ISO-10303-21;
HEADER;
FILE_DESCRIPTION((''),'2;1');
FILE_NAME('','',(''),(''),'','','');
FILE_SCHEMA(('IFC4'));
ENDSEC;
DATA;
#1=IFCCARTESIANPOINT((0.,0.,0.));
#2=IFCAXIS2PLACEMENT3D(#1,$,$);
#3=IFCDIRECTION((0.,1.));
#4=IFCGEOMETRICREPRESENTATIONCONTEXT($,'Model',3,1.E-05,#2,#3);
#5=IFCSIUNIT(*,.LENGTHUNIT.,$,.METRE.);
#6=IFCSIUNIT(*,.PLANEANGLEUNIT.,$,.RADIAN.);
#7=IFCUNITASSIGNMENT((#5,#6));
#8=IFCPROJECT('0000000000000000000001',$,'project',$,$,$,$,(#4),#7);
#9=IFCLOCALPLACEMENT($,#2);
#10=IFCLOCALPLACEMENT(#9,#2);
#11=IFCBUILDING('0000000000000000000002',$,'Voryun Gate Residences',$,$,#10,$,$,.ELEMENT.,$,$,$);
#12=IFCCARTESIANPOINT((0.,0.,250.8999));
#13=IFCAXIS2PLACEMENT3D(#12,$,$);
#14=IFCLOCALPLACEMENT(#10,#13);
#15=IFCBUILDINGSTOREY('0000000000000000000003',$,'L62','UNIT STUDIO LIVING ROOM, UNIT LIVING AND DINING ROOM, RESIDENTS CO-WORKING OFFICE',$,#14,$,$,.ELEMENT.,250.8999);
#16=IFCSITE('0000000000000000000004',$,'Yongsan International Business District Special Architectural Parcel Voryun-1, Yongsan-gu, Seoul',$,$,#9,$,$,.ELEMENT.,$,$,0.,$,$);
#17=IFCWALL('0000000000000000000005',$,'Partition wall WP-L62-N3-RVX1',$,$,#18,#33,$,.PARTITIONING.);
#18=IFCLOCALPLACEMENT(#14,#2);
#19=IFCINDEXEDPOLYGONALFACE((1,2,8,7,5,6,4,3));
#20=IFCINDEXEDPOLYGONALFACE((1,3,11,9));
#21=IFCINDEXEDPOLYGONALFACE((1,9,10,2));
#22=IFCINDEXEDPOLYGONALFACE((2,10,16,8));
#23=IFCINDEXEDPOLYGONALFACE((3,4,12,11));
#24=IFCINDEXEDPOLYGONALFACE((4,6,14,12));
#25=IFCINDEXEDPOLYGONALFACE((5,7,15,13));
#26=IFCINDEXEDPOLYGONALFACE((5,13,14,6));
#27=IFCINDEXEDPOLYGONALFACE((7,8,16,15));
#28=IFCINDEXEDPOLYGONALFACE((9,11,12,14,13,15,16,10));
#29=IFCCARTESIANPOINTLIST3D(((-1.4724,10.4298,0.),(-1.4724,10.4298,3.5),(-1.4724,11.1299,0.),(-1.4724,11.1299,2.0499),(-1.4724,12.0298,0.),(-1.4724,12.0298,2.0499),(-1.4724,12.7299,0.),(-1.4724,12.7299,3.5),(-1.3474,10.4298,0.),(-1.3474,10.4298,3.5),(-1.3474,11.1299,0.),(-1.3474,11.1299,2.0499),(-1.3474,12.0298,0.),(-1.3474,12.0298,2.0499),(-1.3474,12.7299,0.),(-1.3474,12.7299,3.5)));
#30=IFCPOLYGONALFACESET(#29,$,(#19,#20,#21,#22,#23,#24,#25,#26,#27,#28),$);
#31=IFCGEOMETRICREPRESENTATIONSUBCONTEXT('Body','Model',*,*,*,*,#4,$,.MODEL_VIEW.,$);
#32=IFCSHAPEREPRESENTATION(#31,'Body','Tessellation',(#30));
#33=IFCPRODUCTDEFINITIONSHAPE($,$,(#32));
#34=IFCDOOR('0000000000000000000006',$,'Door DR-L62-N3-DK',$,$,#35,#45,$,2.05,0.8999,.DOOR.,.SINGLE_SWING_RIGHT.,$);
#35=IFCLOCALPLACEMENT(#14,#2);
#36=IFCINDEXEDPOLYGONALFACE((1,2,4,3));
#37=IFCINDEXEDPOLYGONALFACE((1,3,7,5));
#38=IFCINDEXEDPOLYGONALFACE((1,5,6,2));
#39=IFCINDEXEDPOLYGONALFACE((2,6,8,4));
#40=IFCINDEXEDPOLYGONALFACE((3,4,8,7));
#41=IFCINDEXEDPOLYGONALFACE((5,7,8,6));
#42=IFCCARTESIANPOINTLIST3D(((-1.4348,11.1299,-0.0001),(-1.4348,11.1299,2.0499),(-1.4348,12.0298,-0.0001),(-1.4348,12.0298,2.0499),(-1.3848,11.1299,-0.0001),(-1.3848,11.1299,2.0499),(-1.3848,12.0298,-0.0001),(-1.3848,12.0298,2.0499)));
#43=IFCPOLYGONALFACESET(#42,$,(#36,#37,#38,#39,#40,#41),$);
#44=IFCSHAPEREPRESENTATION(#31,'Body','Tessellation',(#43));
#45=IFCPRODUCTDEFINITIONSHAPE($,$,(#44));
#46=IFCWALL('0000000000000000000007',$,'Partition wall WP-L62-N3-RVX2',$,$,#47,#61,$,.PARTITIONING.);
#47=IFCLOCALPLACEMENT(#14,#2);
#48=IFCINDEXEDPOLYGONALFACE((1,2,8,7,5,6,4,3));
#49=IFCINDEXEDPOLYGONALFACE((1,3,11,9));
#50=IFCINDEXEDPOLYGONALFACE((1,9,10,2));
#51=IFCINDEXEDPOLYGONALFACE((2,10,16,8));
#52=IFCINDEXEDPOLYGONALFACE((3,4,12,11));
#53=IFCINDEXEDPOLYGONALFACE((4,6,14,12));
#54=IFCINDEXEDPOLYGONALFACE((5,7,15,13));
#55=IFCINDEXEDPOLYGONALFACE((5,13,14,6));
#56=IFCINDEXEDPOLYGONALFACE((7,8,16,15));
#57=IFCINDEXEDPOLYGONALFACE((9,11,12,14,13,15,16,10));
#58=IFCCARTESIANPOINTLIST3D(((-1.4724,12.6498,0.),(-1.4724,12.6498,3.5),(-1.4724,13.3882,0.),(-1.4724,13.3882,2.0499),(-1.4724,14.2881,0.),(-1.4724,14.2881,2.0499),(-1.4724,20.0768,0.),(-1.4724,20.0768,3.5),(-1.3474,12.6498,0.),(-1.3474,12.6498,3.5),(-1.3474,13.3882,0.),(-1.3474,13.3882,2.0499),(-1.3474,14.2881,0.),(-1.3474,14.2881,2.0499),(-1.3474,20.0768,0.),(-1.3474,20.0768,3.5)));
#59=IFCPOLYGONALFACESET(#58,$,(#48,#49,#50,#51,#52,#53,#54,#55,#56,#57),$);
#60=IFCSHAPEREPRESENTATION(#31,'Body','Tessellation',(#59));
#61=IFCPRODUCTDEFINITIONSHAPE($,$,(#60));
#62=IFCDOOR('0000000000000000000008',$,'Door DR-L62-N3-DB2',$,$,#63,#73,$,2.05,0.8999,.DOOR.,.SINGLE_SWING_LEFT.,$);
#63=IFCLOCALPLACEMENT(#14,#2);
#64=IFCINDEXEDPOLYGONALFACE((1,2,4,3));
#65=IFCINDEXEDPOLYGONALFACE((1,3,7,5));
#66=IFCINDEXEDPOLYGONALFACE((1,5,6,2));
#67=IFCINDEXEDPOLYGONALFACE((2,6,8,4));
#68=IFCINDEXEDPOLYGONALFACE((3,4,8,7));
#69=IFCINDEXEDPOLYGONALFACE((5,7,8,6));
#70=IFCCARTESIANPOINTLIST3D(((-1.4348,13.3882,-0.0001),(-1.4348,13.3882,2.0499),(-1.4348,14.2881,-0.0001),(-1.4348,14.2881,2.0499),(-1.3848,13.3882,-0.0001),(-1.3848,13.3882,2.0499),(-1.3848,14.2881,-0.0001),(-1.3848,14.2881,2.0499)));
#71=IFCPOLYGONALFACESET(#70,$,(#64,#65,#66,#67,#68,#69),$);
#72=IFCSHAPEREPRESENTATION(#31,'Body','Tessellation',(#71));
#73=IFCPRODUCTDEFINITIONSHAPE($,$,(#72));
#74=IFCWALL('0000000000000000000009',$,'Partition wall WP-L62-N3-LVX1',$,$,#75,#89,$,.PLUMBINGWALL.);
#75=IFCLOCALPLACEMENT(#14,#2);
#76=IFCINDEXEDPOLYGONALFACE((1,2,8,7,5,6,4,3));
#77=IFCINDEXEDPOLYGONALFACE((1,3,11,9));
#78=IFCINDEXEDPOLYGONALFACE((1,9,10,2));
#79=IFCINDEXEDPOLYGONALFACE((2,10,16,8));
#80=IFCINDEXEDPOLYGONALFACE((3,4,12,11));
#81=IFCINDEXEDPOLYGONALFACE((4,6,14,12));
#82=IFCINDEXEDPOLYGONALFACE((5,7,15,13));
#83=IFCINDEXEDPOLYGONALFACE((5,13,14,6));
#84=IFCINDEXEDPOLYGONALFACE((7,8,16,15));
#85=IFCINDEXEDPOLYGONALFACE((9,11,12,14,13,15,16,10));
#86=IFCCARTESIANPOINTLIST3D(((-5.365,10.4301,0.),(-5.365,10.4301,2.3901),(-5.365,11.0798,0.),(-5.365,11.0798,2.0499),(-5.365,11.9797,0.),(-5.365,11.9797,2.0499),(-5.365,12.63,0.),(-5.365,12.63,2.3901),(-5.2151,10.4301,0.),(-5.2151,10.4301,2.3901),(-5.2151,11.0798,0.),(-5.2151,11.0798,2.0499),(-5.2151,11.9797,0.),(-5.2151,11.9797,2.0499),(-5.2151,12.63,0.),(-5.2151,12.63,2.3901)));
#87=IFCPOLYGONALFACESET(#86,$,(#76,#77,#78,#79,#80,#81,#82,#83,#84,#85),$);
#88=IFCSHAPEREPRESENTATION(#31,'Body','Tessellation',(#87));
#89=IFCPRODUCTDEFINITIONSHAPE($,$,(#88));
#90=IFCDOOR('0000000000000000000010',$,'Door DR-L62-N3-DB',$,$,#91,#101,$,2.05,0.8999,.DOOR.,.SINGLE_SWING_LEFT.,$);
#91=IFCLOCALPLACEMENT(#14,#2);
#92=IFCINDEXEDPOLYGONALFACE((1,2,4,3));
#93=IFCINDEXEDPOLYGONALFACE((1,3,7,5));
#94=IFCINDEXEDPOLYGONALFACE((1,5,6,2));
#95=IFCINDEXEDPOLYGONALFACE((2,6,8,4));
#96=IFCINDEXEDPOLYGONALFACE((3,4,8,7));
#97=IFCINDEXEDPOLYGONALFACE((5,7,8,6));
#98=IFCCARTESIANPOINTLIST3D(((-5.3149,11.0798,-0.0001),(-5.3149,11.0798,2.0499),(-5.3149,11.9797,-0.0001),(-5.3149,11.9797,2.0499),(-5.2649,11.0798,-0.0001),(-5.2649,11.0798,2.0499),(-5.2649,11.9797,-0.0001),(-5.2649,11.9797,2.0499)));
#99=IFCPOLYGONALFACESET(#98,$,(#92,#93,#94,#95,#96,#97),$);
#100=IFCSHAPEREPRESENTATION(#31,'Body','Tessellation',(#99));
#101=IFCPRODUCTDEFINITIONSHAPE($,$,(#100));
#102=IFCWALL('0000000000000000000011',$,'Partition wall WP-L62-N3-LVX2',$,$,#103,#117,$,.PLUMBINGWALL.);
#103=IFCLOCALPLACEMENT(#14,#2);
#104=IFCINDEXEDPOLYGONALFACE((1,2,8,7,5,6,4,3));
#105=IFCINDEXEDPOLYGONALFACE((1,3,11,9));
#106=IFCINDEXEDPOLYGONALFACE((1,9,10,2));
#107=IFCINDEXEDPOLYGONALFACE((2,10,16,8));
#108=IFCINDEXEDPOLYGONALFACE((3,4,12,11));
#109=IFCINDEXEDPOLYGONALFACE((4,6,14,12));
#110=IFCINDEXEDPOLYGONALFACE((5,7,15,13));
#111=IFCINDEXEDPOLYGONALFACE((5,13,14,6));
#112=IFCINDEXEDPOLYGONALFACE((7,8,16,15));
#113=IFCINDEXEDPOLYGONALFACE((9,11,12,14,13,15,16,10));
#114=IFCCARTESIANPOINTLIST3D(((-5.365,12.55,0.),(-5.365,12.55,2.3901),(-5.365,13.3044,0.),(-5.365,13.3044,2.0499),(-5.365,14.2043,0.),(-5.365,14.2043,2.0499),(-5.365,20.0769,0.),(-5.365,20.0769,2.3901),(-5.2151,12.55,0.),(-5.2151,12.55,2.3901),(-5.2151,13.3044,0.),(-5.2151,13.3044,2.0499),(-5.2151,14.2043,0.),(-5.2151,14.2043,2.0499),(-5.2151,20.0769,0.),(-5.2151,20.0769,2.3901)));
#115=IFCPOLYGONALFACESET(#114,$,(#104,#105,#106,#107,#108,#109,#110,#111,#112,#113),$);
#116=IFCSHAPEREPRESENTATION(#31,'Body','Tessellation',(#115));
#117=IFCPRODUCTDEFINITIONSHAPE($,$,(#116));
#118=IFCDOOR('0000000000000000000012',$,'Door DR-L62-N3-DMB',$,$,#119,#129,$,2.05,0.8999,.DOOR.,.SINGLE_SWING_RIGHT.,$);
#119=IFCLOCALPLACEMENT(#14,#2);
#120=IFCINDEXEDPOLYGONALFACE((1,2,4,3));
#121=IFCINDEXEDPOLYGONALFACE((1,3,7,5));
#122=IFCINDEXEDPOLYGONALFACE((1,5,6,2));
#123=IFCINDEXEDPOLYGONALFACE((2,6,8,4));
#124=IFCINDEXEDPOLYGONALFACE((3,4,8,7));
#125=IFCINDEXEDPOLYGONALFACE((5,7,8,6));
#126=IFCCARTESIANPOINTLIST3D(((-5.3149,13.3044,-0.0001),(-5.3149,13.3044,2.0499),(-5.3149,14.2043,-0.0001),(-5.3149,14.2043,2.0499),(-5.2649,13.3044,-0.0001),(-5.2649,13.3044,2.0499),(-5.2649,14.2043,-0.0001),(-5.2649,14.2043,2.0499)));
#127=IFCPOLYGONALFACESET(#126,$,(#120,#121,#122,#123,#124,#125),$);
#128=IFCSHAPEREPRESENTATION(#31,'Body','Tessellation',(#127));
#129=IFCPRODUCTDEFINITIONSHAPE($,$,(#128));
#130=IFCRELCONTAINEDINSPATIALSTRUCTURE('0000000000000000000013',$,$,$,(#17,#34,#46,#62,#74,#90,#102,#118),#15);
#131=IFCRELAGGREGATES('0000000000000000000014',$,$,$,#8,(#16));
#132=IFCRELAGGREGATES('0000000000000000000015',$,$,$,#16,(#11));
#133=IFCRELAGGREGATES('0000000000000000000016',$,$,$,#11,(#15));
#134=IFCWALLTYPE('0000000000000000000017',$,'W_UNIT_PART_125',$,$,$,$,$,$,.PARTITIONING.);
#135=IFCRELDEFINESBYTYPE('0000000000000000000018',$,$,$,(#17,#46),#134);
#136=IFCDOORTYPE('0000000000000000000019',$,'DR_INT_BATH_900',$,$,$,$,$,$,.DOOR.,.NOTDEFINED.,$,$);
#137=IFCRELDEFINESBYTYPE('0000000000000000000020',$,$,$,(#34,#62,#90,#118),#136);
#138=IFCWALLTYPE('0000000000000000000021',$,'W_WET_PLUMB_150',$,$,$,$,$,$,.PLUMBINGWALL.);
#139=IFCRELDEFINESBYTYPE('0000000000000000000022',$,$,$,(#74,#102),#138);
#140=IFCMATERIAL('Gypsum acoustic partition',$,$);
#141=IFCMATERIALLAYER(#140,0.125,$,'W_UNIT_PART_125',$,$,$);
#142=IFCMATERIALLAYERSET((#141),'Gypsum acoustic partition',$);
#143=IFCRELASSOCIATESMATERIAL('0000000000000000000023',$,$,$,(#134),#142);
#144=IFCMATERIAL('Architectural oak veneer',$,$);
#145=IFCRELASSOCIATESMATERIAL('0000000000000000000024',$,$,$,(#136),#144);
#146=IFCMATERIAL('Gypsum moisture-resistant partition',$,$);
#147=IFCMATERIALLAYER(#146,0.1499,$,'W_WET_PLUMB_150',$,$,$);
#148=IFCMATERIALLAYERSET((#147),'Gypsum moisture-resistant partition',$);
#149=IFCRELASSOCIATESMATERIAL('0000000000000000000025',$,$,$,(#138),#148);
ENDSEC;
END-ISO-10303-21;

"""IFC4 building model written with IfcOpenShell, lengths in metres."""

from ifc_helpers import new_model, si_unit, direction, frame, frame_2d, origin, place, context, subcontext, project, spatial, rectangle, extrude, material, layer, layer_set, type_object, element, fill, save


model = new_model("IFC4")

# Units and contexts
model_context = context("Model", 3, precision=1e-05, world=origin(), true_north=direction((0.0, 1.0)))
body_context = subcontext(model_context, "Body", "Model", "MODEL_VIEW")
ifc_project = project(units=[si_unit("LENGTHUNIT", "METRE"), si_unit("PLANEANGLEUNIT", "RADIAN")], contexts=[model_context])

# Site, building, storey
site_placement = place(None, origin())
site = spatial("IfcSite", under=ifc_project, at=site_placement, Name="Yongsan International Business District Special Architectural Parcel Voryun-1, Yongsan-gu, Seoul", CompositionType="ELEMENT", RefElevation=0.0)
building_placement = place(site_placement, origin())
building = spatial("IfcBuilding", under=site, at=building_placement, Name="Voryun Gate Residences", CompositionType="ELEMENT")
storey_placement = place(building_placement, frame((0.0, 0.0, 250.8999)))
storey = spatial("IfcBuildingStorey", under=building, at=storey_placement, Name="L62", Description="UNIT STUDIO LIVING ROOM, UNIT LIVING AND DINING ROOM, RESIDENTS CO-WORKING OFFICE", CompositionType="ELEMENT", Elevation=250.8999)

# Shared definitions
ifc_material_1 = material(Name="Gypsum acoustic partition")
ifc_layer_1 = layer(ifc_material_1, 0.125, Name="W_UNIT_PART_125")
ifc_layer_set_1 = layer_set([ifc_layer_1], Name="Gypsum acoustic partition")
wall_type_1 = type_object("IfcWallType", Name="W_UNIT_PART_125", PredefinedType="PARTITIONING", material=ifc_layer_set_1)

# Walls, openings, doors
wall_1_placement = place(storey_placement, frame((-1.4099, 10.4299, 0.0), z_axis=(0.0, 0.0, 1.0), x_axis=(0.0, 1.0, 0.0)))
wall_1 = element("IfcWall", 1, at=wall_1_placement, inside=storey, type_object=wall_type_1, Name="Partition wall WP-L62-N3-RVX1", PredefinedType="PARTITIONING", context=body_context, shape_type="SweptSolid", body=[
    extrude(rectangle(XDim=2.3, YDim=0.125, at=frame_2d((1.1499, 0.0))), origin(), (0.0, 0.0, 1.0), 3.5),
])
opening_1_placement = place(wall_1_placement, frame((0.7, 0.0, 0.0)))
opening_1 = element("IfcOpeningElement", 2, at=opening_1_placement, cuts=wall_1, PredefinedType="OPENING", context=body_context, shape_type="SweptSolid", body=[
    extrude(rectangle(XDim=0.8999, YDim=2.05, at=frame_2d((0.45, 1.0249))), frame((0.0, 0.0725, 0.0), z_axis=(0.0, -1.0, 0.0), x_axis=(1.0, 0.0, 0.0)), (0.0, 0.0, 1.0), 0.145),
])
ifc_material_2 = material(Name="Architectural oak veneer")
door_type = type_object("IfcDoorType", Name="DR_INT_BATH_900", OperationType="NOTDEFINED", PredefinedType="DOOR", material=ifc_material_2)
door_1_placement = place(opening_1_placement, origin())
door_1 = element("IfcDoor", 3, at=door_1_placement, inside=storey, type_object=door_type, Name="Door DR-L62-N3-DK", OperationType="SINGLE_SWING_RIGHT", OverallHeight=2.05, OverallWidth=0.8999, PredefinedType="DOOR", context=body_context, shape_type="SweptSolid", body=[
    extrude(rectangle(XDim=0.8999, YDim=2.05, at=frame_2d((0.45, 1.0249))), frame((0.0, 0.0249, 0.0), z_axis=(0.0, -1.0, 0.0), x_axis=(1.0, 0.0, 0.0)), (0.0, 0.0, 1.0), 0.05),
])
fill(opening_1, door_1)
wall_2_placement = place(storey_placement, frame((-1.4099, 12.6499, 0.0), z_axis=(0.0, 0.0, 1.0), x_axis=(0.0, 1.0, 0.0)))
wall_2 = element("IfcWall", 4, at=wall_2_placement, inside=storey, type_object=wall_type_1, Name="Partition wall WP-L62-N3-RVX2", PredefinedType="PARTITIONING", context=body_context, shape_type="SweptSolid", body=[
    extrude(rectangle(XDim=7.427, YDim=0.125, at=frame_2d((3.7134, 0.0))), origin(), (0.0, 0.0, 1.0), 3.5),
])
opening_2_placement = place(wall_2_placement, frame((0.7383, 0.0, 0.0)))
opening_2 = element("IfcOpeningElement", 5, at=opening_2_placement, cuts=wall_2, PredefinedType="OPENING", context=body_context, shape_type="SweptSolid", body=[
    extrude(rectangle(XDim=0.8999, YDim=2.05, at=frame_2d((0.45, 1.0249))), frame((0.0, 0.0725, 0.0), z_axis=(0.0, -1.0, 0.0), x_axis=(1.0, 0.0, 0.0)), (0.0, 0.0, 1.0), 0.145),
])
door_2_placement = place(opening_2_placement, origin())
door_2 = element("IfcDoor", 6, at=door_2_placement, inside=storey, type_object=door_type, Name="Door DR-L62-N3-DB2", OperationType="SINGLE_SWING_LEFT", OverallHeight=2.05, OverallWidth=0.8999, PredefinedType="DOOR", context=body_context, shape_type="SweptSolid", body=[
    extrude(rectangle(XDim=0.8999, YDim=2.05, at=frame_2d((0.45, 1.0249))), frame((0.0, 0.0249, 0.0), z_axis=(0.0, -1.0, 0.0), x_axis=(1.0, 0.0, 0.0)), (0.0, 0.0, 1.0), 0.05),
])
fill(opening_2, door_2)
ifc_material_3 = material(Name="Gypsum moisture-resistant partition")
ifc_layer_2 = layer(ifc_material_3, 0.1499, Name="W_WET_PLUMB_150")
ifc_layer_set_2 = layer_set([ifc_layer_2], Name="Gypsum moisture-resistant partition")
wall_type_2 = type_object("IfcWallType", Name="W_WET_PLUMB_150", PredefinedType="PLUMBINGWALL", material=ifc_layer_set_2)
wall_3_placement = place(storey_placement, frame((-5.29, 10.4299, 0.0), z_axis=(0.0, 0.0, 1.0), x_axis=(0.0, 1.0, 0.0)))
wall_3 = element("IfcWall", 7, at=wall_3_placement, inside=storey, type_object=wall_type_2, Name="Partition wall WP-L62-N3-LVX1", PredefinedType="PLUMBINGWALL", context=body_context, shape_type="SweptSolid", body=[
    extrude(rectangle(XDim=2.2, YDim=0.1499, at=frame_2d((1.1001, 0.0))), origin(), (0.0, 0.0, 1.0), 2.3901),
])
opening_3_placement = place(wall_3_placement, frame((0.6499, 0.0, 0.0)))
opening_3 = element("IfcOpeningElement", 8, at=opening_3_placement, cuts=wall_3, PredefinedType="OPENING", context=body_context, shape_type="SweptSolid", body=[
    extrude(rectangle(XDim=0.8999, YDim=2.05, at=frame_2d((0.45, 1.0249))), frame((0.0, 0.085, 0.0), z_axis=(0.0, -1.0, 0.0), x_axis=(1.0, 0.0, 0.0)), (0.0, 0.0, 1.0), 0.1699),
])
door_3_placement = place(opening_3_placement, origin())
door_3 = element("IfcDoor", 9, at=door_3_placement, inside=storey, type_object=door_type, Name="Door DR-L62-N3-DB", OperationType="SINGLE_SWING_LEFT", OverallHeight=2.05, OverallWidth=0.8999, PredefinedType="DOOR", context=body_context, shape_type="SweptSolid", body=[
    extrude(rectangle(XDim=0.8999, YDim=2.05, at=frame_2d((0.45, 1.0249))), frame((0.0, 0.0249, 0.0), z_axis=(0.0, -1.0, 0.0), x_axis=(1.0, 0.0, 0.0)), (0.0, 0.0, 1.0), 0.05),
])
fill(opening_3, door_3)
wall_4_placement = place(storey_placement, frame((-5.29, 12.55, 0.0), z_axis=(0.0, 0.0, 1.0), x_axis=(0.0, 1.0, 0.0)))
wall_4 = element("IfcWall", 10, at=wall_4_placement, inside=storey, type_object=wall_type_2, Name="Partition wall WP-L62-N3-LVX2", PredefinedType="PLUMBINGWALL", context=body_context, shape_type="SweptSolid", body=[
    extrude(rectangle(XDim=7.5269, YDim=0.1499, at=frame_2d((3.7634, 0.0))), origin(), (0.0, 0.0, 1.0), 2.3901),
])
opening_4_placement = place(wall_4_placement, frame((0.7544, 0.0, 0.0)))
opening_4 = element("IfcOpeningElement", 11, at=opening_4_placement, cuts=wall_4, PredefinedType="OPENING", context=body_context, shape_type="SweptSolid", body=[
    extrude(rectangle(XDim=0.8999, YDim=2.05, at=frame_2d((0.45, 1.0249))), frame((0.0, 0.085, 0.0), z_axis=(0.0, -1.0, 0.0), x_axis=(1.0, 0.0, 0.0)), (0.0, 0.0, 1.0), 0.1699),
])
door_4_placement = place(opening_4_placement, origin())
door_4 = element("IfcDoor", 12, at=door_4_placement, inside=storey, type_object=door_type, Name="Door DR-L62-N3-DMB", OperationType="SINGLE_SWING_RIGHT", OverallHeight=2.05, OverallWidth=0.8999, PredefinedType="DOOR", context=body_context, shape_type="SweptSolid", body=[
    extrude(rectangle(XDim=0.8999, YDim=2.05, at=frame_2d((0.45, 1.0249))), frame((0.0, 0.0249, 0.0), z_axis=(0.0, -1.0, 0.0), x_axis=(1.0, 0.0, 0.0)), (0.0, 0.0, 1.0), 0.05),
])
fill(opening_4, door_4)

save(model, "model.ifc")
